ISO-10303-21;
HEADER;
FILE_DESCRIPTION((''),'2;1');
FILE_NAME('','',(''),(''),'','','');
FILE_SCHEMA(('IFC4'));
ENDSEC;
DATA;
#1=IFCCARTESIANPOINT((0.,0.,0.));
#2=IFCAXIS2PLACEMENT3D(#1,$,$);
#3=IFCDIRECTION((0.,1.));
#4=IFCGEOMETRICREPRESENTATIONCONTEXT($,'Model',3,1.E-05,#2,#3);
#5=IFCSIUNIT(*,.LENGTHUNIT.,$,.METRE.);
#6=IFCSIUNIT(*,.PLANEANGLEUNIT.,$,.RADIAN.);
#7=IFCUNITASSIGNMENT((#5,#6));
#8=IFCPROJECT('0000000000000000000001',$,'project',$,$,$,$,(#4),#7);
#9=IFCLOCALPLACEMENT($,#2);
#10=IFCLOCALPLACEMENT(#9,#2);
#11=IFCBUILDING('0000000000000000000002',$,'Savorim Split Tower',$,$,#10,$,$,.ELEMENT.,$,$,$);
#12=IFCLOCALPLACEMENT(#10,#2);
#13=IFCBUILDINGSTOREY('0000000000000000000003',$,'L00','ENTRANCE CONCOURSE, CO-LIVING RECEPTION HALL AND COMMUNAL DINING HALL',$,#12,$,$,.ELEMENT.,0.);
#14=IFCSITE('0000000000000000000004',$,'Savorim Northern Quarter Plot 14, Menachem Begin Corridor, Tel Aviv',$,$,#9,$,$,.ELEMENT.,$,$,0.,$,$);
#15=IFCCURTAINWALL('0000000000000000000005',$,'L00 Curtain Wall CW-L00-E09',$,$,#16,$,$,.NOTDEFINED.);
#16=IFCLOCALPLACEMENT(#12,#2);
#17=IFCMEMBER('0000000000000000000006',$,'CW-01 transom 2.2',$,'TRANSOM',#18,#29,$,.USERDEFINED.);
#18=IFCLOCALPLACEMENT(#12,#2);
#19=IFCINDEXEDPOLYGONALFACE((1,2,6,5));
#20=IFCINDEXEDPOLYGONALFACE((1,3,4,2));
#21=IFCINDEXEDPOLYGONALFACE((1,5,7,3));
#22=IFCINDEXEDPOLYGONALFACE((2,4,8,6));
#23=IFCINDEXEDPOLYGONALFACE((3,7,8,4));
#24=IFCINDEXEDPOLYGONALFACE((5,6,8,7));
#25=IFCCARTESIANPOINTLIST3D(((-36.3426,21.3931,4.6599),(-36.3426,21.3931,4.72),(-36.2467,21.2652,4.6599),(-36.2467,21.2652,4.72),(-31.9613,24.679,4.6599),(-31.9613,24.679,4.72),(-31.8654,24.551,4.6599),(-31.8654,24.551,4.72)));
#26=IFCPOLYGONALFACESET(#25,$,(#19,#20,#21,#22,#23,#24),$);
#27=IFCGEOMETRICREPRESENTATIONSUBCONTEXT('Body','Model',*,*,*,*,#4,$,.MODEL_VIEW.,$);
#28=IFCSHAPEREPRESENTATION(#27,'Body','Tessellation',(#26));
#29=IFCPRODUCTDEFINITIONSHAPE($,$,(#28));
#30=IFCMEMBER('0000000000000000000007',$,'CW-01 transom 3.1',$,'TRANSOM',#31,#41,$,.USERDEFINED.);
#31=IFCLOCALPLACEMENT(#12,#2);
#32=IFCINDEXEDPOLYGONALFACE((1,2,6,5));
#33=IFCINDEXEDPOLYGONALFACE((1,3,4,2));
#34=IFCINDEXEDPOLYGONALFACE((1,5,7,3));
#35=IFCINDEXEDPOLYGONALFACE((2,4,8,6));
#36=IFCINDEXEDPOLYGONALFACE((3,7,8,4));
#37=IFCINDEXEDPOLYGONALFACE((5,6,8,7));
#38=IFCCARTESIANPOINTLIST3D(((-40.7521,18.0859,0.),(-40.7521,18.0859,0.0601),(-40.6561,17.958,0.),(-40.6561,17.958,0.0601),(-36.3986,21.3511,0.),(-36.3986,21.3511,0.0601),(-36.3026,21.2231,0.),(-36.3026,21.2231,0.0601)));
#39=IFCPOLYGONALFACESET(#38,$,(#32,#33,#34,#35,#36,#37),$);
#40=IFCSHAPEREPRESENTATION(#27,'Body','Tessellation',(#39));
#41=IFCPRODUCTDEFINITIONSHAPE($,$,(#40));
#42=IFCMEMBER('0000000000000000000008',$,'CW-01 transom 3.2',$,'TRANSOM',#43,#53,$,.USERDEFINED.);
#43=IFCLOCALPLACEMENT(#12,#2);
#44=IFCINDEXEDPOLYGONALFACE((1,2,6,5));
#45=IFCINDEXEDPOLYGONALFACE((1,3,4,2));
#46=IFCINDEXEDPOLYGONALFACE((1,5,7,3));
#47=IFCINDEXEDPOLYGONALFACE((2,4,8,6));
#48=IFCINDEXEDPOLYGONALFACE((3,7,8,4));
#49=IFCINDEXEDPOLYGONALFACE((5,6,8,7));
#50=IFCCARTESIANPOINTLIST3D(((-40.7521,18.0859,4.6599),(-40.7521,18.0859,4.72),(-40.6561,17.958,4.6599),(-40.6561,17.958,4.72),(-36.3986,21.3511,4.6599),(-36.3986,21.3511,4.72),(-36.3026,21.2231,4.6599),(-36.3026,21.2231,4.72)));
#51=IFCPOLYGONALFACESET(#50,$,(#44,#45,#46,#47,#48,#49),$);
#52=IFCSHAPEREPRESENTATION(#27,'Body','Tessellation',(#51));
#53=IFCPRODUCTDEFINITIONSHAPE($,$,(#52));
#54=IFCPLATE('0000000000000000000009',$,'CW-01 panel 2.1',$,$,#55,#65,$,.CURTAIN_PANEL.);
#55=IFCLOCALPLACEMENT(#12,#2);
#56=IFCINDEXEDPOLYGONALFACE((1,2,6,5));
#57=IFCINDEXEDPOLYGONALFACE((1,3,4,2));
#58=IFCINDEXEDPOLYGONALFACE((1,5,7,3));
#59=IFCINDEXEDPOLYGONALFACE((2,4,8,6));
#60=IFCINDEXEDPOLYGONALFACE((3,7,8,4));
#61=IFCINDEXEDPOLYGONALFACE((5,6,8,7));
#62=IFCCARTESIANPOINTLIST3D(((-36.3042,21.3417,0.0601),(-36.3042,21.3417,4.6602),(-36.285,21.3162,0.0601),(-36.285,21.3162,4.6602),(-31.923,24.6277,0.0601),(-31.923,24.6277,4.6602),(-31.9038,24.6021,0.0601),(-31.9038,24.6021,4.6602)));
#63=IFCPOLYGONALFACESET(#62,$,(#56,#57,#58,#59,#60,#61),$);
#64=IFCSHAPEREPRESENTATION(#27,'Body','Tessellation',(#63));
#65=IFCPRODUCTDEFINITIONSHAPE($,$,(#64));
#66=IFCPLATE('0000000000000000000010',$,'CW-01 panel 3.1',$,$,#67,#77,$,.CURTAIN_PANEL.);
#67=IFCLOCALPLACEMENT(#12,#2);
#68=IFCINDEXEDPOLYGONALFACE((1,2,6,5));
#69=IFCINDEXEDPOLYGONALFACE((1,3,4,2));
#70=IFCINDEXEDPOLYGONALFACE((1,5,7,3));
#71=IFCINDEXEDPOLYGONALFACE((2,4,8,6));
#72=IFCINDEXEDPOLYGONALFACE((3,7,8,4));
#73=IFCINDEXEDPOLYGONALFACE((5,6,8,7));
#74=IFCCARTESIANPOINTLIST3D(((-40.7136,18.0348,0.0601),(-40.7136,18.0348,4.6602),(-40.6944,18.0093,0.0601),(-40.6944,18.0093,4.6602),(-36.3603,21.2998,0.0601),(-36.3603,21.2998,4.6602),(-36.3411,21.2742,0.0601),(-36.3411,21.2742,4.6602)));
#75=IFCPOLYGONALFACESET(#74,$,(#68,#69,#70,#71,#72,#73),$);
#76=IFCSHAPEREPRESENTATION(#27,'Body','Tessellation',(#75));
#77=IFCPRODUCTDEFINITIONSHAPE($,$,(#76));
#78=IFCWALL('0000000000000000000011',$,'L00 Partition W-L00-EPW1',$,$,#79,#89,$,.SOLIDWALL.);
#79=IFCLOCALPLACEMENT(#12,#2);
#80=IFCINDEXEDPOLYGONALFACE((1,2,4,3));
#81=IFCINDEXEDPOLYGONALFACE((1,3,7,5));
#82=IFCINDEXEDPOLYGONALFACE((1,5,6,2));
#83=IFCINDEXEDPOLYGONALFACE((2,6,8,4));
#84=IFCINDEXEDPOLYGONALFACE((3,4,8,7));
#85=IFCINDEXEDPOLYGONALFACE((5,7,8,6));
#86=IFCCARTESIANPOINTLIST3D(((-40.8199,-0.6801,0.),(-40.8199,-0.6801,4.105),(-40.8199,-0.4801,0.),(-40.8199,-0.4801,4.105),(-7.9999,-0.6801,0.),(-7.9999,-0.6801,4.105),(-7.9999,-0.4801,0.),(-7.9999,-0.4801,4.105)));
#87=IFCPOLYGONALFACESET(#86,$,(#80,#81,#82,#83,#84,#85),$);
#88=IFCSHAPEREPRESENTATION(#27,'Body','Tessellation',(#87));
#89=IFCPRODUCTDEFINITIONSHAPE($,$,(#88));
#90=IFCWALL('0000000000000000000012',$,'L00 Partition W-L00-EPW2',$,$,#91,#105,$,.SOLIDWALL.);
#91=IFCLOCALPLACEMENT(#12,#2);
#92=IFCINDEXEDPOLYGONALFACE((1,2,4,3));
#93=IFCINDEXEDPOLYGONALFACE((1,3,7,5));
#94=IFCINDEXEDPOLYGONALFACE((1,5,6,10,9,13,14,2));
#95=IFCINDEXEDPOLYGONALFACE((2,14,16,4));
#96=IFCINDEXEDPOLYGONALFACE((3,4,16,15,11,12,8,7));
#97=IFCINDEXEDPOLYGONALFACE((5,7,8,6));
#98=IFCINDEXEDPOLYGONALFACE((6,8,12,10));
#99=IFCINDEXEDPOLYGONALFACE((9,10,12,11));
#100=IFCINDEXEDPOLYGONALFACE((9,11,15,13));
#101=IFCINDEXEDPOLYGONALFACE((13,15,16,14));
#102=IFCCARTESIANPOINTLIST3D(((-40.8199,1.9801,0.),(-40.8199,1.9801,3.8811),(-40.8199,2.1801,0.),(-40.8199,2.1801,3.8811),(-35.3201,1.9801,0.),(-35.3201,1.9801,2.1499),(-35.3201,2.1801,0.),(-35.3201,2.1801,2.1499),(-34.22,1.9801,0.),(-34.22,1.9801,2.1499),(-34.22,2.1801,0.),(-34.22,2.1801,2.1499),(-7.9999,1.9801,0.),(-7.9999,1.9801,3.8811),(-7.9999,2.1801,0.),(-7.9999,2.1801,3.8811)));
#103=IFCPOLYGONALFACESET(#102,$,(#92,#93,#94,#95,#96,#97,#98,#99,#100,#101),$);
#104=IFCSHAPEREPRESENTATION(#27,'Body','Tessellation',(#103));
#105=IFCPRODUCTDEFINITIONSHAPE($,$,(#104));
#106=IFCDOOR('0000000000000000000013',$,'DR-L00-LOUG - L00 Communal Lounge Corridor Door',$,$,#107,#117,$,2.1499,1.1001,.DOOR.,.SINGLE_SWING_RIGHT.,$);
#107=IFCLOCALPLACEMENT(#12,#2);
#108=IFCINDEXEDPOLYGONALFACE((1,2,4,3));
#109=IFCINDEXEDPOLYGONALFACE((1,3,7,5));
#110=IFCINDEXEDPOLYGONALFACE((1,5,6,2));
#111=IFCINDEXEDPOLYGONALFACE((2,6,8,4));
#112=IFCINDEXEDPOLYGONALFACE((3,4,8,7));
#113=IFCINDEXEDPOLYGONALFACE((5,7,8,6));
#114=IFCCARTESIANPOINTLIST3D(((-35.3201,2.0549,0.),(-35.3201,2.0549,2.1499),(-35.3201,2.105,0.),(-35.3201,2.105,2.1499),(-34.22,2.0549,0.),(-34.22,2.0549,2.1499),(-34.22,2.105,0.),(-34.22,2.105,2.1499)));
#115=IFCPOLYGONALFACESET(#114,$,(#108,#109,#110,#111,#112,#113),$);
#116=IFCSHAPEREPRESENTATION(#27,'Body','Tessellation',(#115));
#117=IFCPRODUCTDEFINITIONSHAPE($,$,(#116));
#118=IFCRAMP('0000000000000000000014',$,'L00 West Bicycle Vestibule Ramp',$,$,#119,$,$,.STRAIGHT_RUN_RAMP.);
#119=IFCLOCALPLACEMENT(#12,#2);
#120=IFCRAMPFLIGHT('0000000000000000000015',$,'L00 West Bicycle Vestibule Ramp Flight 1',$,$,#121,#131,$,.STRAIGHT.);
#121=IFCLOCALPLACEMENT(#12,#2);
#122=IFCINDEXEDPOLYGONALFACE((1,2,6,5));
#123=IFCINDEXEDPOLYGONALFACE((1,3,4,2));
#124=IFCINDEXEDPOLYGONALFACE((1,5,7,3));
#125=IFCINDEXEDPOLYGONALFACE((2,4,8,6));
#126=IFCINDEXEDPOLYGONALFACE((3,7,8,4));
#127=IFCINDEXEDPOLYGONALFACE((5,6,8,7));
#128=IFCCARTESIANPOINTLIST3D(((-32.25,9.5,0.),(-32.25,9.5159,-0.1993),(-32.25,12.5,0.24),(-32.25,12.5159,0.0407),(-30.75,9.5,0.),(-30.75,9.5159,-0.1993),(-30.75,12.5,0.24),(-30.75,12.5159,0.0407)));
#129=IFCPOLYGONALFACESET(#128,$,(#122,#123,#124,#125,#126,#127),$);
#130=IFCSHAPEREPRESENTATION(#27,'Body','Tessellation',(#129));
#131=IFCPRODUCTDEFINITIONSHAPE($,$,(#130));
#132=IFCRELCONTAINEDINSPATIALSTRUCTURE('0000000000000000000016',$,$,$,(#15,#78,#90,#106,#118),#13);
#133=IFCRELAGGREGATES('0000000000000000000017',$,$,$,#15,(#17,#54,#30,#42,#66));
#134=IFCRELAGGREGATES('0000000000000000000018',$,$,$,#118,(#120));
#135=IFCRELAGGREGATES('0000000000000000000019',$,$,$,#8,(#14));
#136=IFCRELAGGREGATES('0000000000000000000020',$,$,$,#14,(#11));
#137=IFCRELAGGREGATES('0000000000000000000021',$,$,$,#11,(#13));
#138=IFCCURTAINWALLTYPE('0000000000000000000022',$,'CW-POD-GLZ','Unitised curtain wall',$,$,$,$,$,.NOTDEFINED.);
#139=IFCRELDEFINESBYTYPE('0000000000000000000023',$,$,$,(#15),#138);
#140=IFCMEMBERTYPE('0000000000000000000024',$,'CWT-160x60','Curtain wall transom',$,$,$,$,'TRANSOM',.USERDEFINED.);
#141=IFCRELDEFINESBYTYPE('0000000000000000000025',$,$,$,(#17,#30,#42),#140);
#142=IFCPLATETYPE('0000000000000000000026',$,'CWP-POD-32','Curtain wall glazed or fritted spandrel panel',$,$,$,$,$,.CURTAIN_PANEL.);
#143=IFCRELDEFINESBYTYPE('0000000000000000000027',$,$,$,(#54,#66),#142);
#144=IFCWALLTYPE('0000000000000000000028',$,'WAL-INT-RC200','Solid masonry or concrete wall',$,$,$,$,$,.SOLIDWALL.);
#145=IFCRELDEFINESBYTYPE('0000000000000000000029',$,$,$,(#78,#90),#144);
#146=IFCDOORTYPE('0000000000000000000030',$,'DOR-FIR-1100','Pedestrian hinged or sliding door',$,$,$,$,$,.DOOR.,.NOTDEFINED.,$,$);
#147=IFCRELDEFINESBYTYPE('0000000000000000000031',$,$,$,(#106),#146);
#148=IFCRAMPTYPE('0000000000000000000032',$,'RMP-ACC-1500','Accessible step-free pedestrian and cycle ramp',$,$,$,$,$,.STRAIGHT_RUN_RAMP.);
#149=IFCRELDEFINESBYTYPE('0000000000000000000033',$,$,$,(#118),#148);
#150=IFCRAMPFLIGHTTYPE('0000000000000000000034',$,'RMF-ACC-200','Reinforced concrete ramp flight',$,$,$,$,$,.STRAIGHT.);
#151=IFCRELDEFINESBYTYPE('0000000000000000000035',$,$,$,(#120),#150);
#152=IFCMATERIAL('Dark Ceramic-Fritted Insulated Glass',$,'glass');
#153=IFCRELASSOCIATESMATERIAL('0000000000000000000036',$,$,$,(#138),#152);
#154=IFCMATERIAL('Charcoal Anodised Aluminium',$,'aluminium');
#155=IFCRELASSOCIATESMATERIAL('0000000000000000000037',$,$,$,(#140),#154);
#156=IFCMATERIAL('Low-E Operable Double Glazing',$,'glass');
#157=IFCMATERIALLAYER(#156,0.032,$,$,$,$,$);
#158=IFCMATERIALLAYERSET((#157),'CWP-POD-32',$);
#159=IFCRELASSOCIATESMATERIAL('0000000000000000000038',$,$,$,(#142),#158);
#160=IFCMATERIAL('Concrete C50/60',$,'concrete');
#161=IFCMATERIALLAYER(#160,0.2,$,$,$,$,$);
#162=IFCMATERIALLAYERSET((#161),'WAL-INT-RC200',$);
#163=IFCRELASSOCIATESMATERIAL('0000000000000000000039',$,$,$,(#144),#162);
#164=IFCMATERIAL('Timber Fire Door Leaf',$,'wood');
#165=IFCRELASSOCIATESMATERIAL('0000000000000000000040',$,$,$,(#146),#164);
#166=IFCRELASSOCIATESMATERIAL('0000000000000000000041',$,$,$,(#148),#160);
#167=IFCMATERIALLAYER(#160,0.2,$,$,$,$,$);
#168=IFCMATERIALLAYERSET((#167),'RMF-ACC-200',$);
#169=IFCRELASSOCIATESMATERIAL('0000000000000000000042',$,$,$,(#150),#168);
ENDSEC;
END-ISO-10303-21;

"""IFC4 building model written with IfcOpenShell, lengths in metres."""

from ifc_helpers import new_model, si_unit, direction, frame, frame_2d, origin, origin_2d, place, context, subcontext, project, spatial, polyline, rectangle, outline, extrude, material, layer, layer_set, material_profile, profile_set, type_object, element, fill, aggregate, save


model = new_model("IFC4")

# Units and contexts
model_context = context("Model", 3, precision=1e-05, world=origin(), true_north=direction((0.0, 1.0)))
body_context = subcontext(model_context, "Body", "Model", "MODEL_VIEW")
ifc_project = project(units=[si_unit("LENGTHUNIT", "METRE"), si_unit("PLANEANGLEUNIT", "RADIAN")], contexts=[model_context])

# Site, building, storey
site_placement = place(None, origin())
site = spatial("IfcSite", under=ifc_project, at=site_placement, Name="Savorim Northern Quarter Plot 14, Menachem Begin Corridor, Tel Aviv", CompositionType="ELEMENT", RefElevation=0.0)
building_placement = place(site_placement, origin())
building = spatial("IfcBuilding", under=site, at=building_placement, Name="Savorim Split Tower", CompositionType="ELEMENT")
storey_placement = place(building_placement, origin())
storey = spatial("IfcBuildingStorey", under=building, at=storey_placement, Name="L00", Description="ENTRANCE CONCOURSE, CO-LIVING RECEPTION HALL AND COMMUNAL DINING HALL", CompositionType="ELEMENT", Elevation=0.0)

# Curtain wall, members, plates
ifc_material_1 = material(Name="Dark Ceramic-Fritted Insulated Glass", Category="glass")
curtain_wall_type = type_object("IfcCurtainWallType", Name="CW-POD-GLZ", Description="Unitised curtain wall", PredefinedType="NOTDEFINED", material=ifc_material_1)
curtain_wall_placement = place(storey_placement, origin())
curtain_wall = element("IfcCurtainWall", 1, at=curtain_wall_placement, inside=storey, type_object=curtain_wall_type, Name="L00 Curtain Wall CW-L00-E09", PredefinedType="NOTDEFINED")
ifc_material_2 = material(Name="Charcoal Anodised Aluminium", Category="aluminium")
ifc_material_profile_1 = material_profile(ifc_material_2, rectangle(XDim=0.1599, YDim=0.0601, at=origin_2d()), Name="ALU-T 160x60")
ifc_profile_set_1 = profile_set([ifc_material_profile_1], Name="Charcoal Anodised Aluminium")
member_type_1 = type_object("IfcMemberType", Name="CWT-160x60", Description="Curtain wall transom", ElementType="TRANSOM", PredefinedType="USERDEFINED", material=ifc_profile_set_1)
member_1_placement = place(storey_placement, frame((-31.9133, 24.615, 4.6899), z_axis=(-0.800011, -0.599986, 0.0), x_axis=(0.599986, -0.800011, 0.0)))
member_1 = element("IfcMember", 2, at=member_1_placement, type_object=member_type_1, Name="CW-01 transom 2.2", ObjectType="TRANSOM", PredefinedType="USERDEFINED", context=body_context, shape_type="SweptSolid", body=[
    extrude(rectangle(XDim=0.1599, YDim=0.0601, at=origin_2d()), origin(), (0.0, 0.0, 1.0), 5.4766),
])
member_2_placement = place(storey_placement, frame((-36.3506, 21.2871, 0.03), z_axis=(-0.8, -0.6, 0.0), x_axis=(0.6, -0.8, 0.0)))
member_2 = element("IfcMember", 3, at=member_2_placement, type_object=member_type_1, Name="CW-01 transom 3.1", ObjectType="TRANSOM", PredefinedType="USERDEFINED", context=body_context, shape_type="SweptSolid", body=[
    extrude(rectangle(XDim=0.1599, YDim=0.0601, at=origin_2d()), origin(), (0.0, 0.0, 1.0), 5.4419),
])
member_3_placement = place(storey_placement, frame((-36.3506, 21.2871, 4.6899), z_axis=(-0.8, -0.6, 0.0), x_axis=(0.6, -0.8, 0.0)))
member_3 = element("IfcMember", 4, at=member_3_placement, type_object=member_type_1, Name="CW-01 transom 3.2", ObjectType="TRANSOM", PredefinedType="USERDEFINED", context=body_context, shape_type="SweptSolid", body=[
    extrude(rectangle(XDim=0.1599, YDim=0.0601, at=origin_2d()), origin(), (0.0, 0.0, 1.0), 5.4419),
])
ifc_material_3 = material(Name="Low-E Operable Double Glazing", Category="glass")
ifc_layer_1 = layer(ifc_material_3, 0.032)
ifc_layer_set_1 = layer_set([ifc_layer_1], Name="CWP-POD-32")
plate_type = type_object("IfcPlateType", Name="CWP-POD-32", Description="Curtain wall glazed or fritted spandrel panel", PredefinedType="CURTAIN_PANEL", material=ifc_layer_set_1)
plate_1_placement = place(storey_placement, frame((-34.104, 22.9719, 0.0601), z_axis=(0.0, 0.0, 1.0), x_axis=(-0.8, -0.6, 0.0)))
plate_1 = element("IfcPlate", 5, at=plate_1_placement, type_object=plate_type, Name="CW-01 panel 2.1", PredefinedType="CURTAIN_PANEL", context=body_context, shape_type="SweptSolid", body=[
    extrude(rectangle(XDim=5.4766, YDim=0.032, at=origin_2d()), origin(), (0.0, 0.0, 1.0), 4.6001),
])
plate_2_placement = place(storey_placement, frame((-38.5273, 19.6545, 0.0601), z_axis=(0.0, 0.0, 1.0), x_axis=(-0.8, -0.6, 0.0)))
plate_2 = element("IfcPlate", 6, at=plate_2_placement, type_object=plate_type, Name="CW-01 panel 3.1", PredefinedType="CURTAIN_PANEL", context=body_context, shape_type="SweptSolid", body=[
    extrude(rectangle(XDim=5.4417, YDim=0.032, at=origin_2d()), origin(), (0.0, 0.0, 1.0), 4.6001),
])
aggregate(curtain_wall, [member_1, plate_1, member_2, member_3, plate_2])

# Wall
ifc_material_4 = material(Name="Concrete C50/60", Category="concrete")
ifc_layer_2 = layer(ifc_material_4, 0.2)
ifc_layer_set_2 = layer_set([ifc_layer_2], Name="WAL-INT-RC200")
wall_type = type_object("IfcWallType", Name="WAL-INT-RC200", Description="Solid masonry or concrete wall", PredefinedType="SOLIDWALL", material=ifc_layer_set_2)
wall_1_placement = place(storey_placement, frame((-40.8201, -0.5801, 0.0), z_axis=(0.0, 0.0, 1.0), x_axis=(1.0, 0.0, 0.0)))
element("IfcWall", 7, at=wall_1_placement, inside=storey, type_object=wall_type, Name="L00 Partition W-L00-EPW1", PredefinedType="SOLIDWALL", context=body_context, shape_type="SweptSolid", body=[
    extrude(rectangle(XDim=32.8201, YDim=0.2, at=frame_2d((16.4102, 0.0))), origin(), (0.0, 0.0, 1.0), 4.105),
])

# Wall, opening, door
wall_2_placement = place(storey_placement, frame((-40.8201, 2.0801, 0.0), z_axis=(0.0, 0.0, 1.0), x_axis=(1.0, 0.0, 0.0)))
wall_2 = element("IfcWall", 8, at=wall_2_placement, inside=storey, type_object=wall_type, Name="L00 Partition W-L00-EPW2", PredefinedType="SOLIDWALL", context=body_context, shape_type="SweptSolid", body=[
    extrude(rectangle(XDim=32.8201, YDim=0.2, at=frame_2d((16.4102, 0.0))), origin(), (0.0, 0.0, 1.0), 3.8811),
])
opening_placement = place(wall_2_placement, frame((5.5, 0.0, 0.0)))
opening = element("IfcOpeningElement", 9, at=opening_placement, cuts=wall_2, PredefinedType="OPENING", context=body_context, shape_type="SweptSolid", body=[
    extrude(rectangle(XDim=1.1001, YDim=2.1499, at=frame_2d((0.55, 1.075))), frame((0.0, 0.1099, 0.0), z_axis=(0.0, -1.0, 0.0), x_axis=(1.0, 0.0, 0.0)), (0.0, 0.0, 1.0), 0.22),
])
ifc_material_5 = material(Name="Timber Fire Door Leaf", Category="wood")
door_type = type_object("IfcDoorType", Name="DOR-FIR-1100", Description="Pedestrian hinged or sliding door", OperationType="NOTDEFINED", PredefinedType="DOOR", material=ifc_material_5)
door_placement = place(opening_placement, origin())
door = element("IfcDoor", 10, at=door_placement, inside=storey, type_object=door_type, Name="DR-L00-LOUG - L00 Communal Lounge Corridor Door", OperationType="SINGLE_SWING_RIGHT", OverallHeight=2.1499, OverallWidth=1.1001, PredefinedType="DOOR", context=body_context, shape_type="SweptSolid", body=[
    extrude(rectangle(XDim=1.1001, YDim=2.1499, at=frame_2d((0.55, 1.075))), frame((0.0, 0.0249, 0.0), z_axis=(0.0, -1.0, 0.0), x_axis=(1.0, 0.0, 0.0)), (0.0, 0.0, 1.0), 0.05),
])
fill(opening, door)

# Ramp, ramp flight
ramp_type = type_object("IfcRampType", Name="RMP-ACC-1500", Description="Accessible step-free pedestrian and cycle ramp", PredefinedType="STRAIGHT_RUN_RAMP", material=ifc_material_4)
ramp_placement = place(storey_placement, origin())
ramp = element("IfcRamp", 11, at=ramp_placement, inside=storey, type_object=ramp_type, Name="L00 West Bicycle Vestibule Ramp", PredefinedType="STRAIGHT_RUN_RAMP")
ifc_layer_3 = layer(ifc_material_4, 0.2)
ifc_layer_set_3 = layer_set([ifc_layer_3], Name="RMF-ACC-200")
ramp_flight_type = type_object("IfcRampFlightType", Name="RMF-ACC-200", Description="Reinforced concrete ramp flight", PredefinedType="STRAIGHT", material=ifc_layer_set_3)
ramp_flight_placement = place(storey_placement, frame((-30.75, 9.5, 0.0), z_axis=(0.0, -0.079742, 0.996816), x_axis=(0.0, 0.996816, 0.079742)))
ramp_flight = element("IfcRampFlight", 12, at=ramp_flight_placement, type_object=ramp_flight_type, Name="L00 West Bicycle Vestibule Ramp Flight 1", PredefinedType="STRAIGHT", context=body_context, shape_type="SweptSolid", body=[
    extrude(outline(polyline([(0.0, 0.0), (3.0096, 0.0), (3.0096, 1.5), (0.0, 1.5), (0.0, 0.0)])), origin(), (0.0, 0.0, -1.0), 0.2),
])
aggregate(ramp, [ramp_flight])

save(model, "model.ifc")
